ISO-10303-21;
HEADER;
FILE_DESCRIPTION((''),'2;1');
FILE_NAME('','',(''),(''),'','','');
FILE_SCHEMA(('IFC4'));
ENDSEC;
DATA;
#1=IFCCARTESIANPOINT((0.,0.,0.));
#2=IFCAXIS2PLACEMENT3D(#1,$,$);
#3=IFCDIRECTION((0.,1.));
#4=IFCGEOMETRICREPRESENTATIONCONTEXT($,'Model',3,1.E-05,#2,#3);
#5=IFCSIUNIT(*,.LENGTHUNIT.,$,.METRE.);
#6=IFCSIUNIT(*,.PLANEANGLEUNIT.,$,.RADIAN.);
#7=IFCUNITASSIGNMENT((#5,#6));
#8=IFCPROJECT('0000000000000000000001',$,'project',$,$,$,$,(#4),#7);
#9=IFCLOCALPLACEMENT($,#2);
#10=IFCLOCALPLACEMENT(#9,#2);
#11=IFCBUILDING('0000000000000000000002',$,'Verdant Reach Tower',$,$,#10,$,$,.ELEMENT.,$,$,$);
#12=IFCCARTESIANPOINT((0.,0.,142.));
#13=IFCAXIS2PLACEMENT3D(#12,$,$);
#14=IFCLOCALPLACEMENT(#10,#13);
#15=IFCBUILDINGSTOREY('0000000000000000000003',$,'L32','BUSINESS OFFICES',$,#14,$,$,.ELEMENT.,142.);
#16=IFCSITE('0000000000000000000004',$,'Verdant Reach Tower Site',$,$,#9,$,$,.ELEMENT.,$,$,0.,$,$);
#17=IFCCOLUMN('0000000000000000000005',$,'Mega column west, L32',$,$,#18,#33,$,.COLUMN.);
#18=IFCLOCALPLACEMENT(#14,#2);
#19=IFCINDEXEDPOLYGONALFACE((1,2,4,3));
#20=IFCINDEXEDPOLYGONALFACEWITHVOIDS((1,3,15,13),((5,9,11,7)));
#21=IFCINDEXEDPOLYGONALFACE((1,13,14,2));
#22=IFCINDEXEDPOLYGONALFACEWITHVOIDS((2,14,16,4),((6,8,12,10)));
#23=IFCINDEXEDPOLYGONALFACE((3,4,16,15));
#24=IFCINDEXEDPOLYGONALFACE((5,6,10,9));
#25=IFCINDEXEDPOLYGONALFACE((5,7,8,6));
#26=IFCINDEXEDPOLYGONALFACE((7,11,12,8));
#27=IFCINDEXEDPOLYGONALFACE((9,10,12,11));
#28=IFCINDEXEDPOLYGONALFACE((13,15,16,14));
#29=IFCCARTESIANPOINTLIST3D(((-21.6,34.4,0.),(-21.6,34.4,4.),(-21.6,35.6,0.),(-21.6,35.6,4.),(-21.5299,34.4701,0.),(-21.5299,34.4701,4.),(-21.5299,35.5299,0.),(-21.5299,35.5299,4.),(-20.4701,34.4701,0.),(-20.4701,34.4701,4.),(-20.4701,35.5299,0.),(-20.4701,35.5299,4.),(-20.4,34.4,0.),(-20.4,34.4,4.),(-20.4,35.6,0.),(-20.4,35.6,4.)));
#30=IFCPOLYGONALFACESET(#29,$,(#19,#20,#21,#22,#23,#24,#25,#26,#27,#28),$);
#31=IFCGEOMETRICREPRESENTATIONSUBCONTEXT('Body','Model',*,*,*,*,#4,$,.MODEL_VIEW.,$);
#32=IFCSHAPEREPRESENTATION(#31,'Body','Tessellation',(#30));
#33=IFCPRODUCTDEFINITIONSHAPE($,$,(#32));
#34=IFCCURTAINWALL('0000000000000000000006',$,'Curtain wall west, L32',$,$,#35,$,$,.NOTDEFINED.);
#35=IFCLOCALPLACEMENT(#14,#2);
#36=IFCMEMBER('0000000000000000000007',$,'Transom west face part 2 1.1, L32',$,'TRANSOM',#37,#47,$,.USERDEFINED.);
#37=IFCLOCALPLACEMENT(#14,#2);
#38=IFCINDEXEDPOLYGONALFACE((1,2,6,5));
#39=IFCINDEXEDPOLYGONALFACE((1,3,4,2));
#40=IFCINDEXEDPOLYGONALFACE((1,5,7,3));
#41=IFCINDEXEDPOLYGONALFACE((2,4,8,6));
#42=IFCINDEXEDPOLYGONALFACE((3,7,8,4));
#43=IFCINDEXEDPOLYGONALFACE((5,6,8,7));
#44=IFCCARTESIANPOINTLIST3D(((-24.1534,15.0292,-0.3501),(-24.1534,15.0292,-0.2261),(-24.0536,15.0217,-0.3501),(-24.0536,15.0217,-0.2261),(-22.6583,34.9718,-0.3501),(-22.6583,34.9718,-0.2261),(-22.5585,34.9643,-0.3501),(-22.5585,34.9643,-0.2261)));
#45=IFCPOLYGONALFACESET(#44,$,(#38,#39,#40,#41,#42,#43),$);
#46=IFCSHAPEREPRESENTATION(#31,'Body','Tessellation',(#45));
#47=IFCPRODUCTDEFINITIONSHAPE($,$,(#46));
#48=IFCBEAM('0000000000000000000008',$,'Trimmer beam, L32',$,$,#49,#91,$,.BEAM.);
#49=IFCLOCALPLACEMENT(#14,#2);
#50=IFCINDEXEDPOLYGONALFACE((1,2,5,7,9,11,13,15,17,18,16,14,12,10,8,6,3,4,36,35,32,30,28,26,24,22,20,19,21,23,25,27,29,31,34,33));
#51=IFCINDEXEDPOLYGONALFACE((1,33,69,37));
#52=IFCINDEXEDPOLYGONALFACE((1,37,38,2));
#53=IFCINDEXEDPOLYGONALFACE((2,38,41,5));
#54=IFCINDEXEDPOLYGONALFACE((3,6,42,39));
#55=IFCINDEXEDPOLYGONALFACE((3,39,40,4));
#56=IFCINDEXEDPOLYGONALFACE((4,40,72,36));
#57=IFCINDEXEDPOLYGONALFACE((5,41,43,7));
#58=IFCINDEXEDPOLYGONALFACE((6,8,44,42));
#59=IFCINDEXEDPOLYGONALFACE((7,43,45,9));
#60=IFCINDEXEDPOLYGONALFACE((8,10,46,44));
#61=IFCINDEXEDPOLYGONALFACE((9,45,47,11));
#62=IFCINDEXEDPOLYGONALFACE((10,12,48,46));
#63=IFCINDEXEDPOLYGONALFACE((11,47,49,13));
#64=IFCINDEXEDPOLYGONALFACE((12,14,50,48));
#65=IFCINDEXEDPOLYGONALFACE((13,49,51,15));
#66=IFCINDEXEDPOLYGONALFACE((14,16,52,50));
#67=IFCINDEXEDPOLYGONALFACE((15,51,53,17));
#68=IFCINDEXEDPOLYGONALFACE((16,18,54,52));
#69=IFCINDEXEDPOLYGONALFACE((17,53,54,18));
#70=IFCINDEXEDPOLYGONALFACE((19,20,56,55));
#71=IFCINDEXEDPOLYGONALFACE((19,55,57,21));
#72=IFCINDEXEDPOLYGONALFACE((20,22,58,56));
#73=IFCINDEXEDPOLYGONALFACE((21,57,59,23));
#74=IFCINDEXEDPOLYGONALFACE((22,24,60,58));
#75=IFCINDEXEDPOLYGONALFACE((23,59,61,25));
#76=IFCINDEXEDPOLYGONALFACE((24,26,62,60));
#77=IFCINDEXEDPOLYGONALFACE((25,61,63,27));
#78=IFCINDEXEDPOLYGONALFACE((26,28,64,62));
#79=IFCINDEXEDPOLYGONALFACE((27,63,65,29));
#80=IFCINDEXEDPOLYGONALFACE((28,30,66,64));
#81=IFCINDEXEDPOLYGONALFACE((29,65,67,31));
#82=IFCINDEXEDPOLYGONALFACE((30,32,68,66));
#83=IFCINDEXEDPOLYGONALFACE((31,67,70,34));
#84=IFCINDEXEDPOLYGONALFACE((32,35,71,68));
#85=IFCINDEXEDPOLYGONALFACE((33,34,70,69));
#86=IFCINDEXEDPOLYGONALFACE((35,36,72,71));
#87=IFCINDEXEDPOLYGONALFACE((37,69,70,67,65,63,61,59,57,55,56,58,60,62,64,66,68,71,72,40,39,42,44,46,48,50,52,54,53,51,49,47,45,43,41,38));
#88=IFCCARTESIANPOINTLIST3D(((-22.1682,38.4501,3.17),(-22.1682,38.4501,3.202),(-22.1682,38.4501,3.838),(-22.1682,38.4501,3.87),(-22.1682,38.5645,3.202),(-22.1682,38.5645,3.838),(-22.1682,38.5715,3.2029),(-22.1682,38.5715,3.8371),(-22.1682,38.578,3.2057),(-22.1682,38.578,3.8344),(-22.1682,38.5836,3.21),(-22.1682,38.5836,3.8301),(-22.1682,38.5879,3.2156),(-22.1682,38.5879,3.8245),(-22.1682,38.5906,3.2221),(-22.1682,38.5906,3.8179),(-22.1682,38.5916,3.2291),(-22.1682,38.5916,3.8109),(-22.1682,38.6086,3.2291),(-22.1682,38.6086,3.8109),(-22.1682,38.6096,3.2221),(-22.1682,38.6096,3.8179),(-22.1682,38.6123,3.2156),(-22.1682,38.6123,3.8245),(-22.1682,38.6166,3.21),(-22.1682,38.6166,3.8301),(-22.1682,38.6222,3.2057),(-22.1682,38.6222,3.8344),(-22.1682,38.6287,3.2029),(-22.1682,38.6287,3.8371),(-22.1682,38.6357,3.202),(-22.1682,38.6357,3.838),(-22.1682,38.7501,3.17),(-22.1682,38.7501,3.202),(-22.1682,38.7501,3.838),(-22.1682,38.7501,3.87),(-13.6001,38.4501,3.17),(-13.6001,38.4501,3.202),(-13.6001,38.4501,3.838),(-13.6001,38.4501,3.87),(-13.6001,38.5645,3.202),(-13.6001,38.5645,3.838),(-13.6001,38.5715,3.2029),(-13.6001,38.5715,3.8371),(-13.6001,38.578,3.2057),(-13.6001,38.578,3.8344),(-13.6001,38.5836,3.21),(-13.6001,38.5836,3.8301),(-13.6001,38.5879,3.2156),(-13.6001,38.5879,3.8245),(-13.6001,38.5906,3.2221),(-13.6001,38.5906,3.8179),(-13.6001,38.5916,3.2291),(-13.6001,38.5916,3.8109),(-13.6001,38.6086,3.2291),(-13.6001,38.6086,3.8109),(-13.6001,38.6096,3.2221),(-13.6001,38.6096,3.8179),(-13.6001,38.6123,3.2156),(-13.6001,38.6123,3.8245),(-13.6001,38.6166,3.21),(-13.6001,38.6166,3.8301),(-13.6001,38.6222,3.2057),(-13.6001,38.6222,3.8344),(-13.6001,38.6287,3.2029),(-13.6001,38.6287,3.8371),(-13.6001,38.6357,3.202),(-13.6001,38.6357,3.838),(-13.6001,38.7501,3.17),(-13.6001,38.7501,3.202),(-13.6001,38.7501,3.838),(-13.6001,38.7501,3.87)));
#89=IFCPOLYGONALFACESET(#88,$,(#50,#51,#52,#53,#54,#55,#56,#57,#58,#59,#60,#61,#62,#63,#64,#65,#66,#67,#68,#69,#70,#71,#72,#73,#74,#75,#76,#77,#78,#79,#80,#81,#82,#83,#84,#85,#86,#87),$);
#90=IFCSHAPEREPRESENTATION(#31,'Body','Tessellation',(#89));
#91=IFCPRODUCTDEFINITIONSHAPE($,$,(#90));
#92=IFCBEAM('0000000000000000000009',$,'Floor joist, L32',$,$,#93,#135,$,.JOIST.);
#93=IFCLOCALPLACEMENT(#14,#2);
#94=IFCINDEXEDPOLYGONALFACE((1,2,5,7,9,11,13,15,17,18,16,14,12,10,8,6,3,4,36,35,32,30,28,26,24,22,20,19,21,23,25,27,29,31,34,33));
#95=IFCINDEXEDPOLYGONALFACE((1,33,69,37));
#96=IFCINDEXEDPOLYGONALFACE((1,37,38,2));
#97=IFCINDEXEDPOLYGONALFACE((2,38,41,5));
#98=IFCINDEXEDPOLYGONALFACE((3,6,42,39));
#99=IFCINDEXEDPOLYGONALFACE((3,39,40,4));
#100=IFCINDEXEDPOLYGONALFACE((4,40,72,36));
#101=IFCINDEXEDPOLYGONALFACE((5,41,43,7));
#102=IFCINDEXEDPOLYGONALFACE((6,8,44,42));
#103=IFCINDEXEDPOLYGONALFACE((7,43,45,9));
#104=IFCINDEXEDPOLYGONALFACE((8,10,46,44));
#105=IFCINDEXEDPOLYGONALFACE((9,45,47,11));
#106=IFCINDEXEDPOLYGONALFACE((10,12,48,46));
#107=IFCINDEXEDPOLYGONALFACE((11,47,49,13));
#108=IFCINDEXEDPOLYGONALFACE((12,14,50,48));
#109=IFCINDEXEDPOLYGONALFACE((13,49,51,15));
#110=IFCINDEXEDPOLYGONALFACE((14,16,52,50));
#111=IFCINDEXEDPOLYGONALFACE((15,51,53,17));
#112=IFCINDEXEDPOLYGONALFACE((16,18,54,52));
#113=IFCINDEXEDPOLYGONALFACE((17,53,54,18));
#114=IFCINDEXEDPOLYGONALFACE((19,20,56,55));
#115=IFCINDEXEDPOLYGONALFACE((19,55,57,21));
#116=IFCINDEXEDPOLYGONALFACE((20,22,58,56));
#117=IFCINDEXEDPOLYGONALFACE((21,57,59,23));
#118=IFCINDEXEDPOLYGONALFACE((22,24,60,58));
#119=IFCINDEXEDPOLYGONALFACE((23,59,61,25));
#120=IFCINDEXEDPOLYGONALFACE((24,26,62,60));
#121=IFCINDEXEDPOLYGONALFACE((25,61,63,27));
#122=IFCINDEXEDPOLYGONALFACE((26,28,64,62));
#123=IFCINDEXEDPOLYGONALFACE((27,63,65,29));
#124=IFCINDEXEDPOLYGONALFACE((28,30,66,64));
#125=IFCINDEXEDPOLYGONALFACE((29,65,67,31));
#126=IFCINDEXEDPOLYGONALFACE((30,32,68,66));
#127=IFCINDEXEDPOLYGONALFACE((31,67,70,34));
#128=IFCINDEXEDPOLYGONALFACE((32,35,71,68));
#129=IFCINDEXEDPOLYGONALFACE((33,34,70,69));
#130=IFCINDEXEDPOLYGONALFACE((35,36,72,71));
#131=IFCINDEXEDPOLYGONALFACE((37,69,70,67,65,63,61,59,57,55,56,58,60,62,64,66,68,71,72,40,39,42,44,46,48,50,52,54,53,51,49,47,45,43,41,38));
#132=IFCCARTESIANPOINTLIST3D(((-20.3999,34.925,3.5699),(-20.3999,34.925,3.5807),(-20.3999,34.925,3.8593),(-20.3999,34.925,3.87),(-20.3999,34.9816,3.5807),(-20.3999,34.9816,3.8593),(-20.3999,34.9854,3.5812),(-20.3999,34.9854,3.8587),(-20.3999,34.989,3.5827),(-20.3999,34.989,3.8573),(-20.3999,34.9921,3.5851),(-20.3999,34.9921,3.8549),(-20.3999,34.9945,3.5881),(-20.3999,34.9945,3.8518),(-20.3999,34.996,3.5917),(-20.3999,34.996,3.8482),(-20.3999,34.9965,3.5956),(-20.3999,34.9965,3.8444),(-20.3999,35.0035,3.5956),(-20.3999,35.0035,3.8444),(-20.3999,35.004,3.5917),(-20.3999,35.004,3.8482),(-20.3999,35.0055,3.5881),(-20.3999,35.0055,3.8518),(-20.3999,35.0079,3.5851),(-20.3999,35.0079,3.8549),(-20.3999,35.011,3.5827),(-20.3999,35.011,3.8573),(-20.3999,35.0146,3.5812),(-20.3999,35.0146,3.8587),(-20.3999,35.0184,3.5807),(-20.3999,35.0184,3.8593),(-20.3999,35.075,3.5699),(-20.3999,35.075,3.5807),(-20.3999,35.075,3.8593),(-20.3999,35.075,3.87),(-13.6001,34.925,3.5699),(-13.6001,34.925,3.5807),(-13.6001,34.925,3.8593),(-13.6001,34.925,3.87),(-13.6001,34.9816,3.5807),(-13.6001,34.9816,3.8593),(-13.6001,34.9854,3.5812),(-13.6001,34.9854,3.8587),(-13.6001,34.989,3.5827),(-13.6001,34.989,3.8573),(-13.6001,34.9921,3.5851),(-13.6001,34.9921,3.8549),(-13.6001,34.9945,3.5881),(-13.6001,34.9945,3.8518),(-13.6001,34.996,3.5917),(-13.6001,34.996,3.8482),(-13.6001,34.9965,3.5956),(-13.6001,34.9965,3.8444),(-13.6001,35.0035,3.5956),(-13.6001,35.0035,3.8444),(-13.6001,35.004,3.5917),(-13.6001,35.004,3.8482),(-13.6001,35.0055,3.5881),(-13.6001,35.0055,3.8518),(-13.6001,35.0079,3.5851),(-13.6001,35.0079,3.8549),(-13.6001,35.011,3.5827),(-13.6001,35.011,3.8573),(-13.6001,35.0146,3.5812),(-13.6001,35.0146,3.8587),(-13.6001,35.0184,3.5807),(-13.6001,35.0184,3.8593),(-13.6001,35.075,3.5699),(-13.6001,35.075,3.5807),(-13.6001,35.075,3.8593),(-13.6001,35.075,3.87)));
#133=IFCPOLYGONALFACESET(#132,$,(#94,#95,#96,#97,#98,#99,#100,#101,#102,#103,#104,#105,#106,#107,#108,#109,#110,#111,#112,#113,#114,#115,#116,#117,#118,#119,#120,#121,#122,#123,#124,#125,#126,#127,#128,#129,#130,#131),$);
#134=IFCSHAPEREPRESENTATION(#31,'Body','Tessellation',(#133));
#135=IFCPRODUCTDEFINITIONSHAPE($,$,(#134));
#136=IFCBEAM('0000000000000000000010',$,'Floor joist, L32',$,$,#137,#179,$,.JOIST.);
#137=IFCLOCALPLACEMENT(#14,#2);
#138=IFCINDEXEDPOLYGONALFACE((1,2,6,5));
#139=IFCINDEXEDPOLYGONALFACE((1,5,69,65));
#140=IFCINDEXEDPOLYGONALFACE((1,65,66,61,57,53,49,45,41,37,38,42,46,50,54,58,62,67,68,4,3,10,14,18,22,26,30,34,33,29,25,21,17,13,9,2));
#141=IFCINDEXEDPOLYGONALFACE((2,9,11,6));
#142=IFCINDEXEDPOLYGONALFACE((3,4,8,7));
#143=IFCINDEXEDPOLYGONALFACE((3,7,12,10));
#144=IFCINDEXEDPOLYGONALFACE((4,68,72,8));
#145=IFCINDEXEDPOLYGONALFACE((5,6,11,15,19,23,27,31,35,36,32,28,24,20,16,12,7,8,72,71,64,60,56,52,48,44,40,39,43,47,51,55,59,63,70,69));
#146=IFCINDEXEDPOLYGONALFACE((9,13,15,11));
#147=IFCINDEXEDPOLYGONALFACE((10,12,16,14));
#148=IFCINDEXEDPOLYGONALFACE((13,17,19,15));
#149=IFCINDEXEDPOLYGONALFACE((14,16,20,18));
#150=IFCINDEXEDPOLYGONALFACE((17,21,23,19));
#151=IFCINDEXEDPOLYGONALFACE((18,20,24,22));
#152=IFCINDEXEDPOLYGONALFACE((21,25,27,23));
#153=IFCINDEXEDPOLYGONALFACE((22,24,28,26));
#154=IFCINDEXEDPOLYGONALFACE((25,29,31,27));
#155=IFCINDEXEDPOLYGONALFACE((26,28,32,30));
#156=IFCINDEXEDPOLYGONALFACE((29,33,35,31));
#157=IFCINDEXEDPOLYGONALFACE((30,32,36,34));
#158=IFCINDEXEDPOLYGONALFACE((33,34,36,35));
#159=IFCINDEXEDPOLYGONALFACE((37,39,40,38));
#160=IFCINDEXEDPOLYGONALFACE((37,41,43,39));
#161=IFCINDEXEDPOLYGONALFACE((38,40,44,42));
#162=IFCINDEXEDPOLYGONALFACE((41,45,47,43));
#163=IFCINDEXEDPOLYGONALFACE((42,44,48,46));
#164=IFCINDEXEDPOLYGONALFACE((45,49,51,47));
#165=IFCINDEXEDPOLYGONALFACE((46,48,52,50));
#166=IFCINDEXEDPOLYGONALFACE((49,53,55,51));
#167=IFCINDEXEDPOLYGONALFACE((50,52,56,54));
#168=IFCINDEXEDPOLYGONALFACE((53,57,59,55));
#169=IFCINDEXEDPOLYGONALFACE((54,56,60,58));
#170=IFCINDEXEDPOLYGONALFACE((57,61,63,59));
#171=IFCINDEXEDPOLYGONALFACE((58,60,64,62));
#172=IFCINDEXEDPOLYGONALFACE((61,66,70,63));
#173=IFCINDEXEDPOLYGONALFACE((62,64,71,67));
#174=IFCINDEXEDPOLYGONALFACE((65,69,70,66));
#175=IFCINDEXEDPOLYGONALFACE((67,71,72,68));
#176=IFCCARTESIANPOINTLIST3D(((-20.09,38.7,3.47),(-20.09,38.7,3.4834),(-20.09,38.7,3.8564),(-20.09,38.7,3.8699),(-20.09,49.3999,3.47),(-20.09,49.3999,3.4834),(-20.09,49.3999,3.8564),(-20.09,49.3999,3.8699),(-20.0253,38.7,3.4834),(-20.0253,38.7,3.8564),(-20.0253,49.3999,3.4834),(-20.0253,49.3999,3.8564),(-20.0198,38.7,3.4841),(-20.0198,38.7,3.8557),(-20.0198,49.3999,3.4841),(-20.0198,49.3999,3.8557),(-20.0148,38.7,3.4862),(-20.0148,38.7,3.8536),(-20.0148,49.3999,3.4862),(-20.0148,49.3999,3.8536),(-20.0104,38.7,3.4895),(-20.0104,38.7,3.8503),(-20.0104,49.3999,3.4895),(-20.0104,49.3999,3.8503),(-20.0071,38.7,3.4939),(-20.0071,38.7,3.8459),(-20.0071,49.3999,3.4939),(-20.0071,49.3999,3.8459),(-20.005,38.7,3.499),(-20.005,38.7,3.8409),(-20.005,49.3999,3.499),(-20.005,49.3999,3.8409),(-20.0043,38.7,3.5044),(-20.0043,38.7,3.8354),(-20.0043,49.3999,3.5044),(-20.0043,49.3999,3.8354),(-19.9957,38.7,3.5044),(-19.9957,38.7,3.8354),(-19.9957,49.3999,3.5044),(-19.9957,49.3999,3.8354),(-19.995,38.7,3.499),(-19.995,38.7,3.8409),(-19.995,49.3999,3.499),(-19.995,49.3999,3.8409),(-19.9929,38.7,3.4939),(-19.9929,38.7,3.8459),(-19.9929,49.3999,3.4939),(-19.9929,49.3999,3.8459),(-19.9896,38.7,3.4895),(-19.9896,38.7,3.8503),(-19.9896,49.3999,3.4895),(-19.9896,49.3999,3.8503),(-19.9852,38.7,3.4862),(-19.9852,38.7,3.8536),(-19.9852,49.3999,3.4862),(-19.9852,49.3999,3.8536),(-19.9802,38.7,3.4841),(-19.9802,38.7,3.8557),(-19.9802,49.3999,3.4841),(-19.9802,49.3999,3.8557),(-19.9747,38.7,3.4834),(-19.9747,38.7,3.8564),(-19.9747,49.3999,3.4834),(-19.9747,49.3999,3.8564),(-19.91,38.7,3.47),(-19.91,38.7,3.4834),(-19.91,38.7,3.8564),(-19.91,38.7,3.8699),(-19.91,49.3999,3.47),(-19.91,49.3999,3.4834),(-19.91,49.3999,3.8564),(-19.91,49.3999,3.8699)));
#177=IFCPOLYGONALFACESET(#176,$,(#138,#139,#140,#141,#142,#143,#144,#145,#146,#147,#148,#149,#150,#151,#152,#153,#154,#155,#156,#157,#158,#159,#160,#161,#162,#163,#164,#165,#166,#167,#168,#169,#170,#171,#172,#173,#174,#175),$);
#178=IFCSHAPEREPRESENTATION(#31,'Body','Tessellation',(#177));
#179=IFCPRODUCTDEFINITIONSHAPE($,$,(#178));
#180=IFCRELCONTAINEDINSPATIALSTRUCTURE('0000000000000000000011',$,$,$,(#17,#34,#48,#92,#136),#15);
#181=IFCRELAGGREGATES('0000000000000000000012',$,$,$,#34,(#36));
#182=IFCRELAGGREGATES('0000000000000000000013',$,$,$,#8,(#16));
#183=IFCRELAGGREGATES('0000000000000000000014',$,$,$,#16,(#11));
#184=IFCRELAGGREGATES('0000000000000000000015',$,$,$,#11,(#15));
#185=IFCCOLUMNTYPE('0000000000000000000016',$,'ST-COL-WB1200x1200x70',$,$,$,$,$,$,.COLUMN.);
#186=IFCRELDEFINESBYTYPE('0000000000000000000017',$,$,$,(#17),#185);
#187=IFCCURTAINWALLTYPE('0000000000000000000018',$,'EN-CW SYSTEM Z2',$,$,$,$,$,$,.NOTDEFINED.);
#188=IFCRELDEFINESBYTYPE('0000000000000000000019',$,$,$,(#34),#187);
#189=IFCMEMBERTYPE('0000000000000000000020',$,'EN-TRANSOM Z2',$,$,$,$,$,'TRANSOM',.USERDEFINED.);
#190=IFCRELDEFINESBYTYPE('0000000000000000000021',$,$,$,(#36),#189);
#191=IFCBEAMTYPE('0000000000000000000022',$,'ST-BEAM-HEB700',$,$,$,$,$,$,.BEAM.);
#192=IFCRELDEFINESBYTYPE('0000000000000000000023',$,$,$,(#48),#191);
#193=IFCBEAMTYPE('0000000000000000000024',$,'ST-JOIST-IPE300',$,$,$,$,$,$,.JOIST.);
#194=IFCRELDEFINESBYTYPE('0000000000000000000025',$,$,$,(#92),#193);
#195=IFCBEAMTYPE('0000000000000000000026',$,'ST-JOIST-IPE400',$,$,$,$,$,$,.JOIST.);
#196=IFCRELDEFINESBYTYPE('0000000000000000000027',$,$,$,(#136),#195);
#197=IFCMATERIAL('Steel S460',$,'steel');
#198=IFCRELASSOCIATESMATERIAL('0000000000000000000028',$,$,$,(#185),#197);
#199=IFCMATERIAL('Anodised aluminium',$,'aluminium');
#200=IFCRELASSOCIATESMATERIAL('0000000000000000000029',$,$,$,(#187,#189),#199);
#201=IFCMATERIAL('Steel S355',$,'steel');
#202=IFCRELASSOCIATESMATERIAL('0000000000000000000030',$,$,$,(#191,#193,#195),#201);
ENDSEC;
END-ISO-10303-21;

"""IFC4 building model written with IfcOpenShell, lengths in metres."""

from ifc_helpers import new_model, si_unit, direction, frame, origin, origin_2d, place, context, subcontext, project, spatial, rectangle, hollow_rectangle, i_section, extrude, material, material_profile, profile_set, type_object, element, aggregate, save


model = new_model("IFC4")

# Units and contexts
model_context = context("Model", 3, precision=1e-05, world=origin(), true_north=direction((0.0, 1.0)))
body_context = subcontext(model_context, "Body", "Model", "MODEL_VIEW")
ifc_project = project(units=[si_unit("LENGTHUNIT", "METRE"), si_unit("PLANEANGLEUNIT", "RADIAN")], contexts=[model_context])

# Site, building, storey
site_placement = place(None, origin())
site = spatial("IfcSite", under=ifc_project, at=site_placement, Name="Verdant Reach Tower Site", CompositionType="ELEMENT", RefElevation=0.0)
building_placement = place(site_placement, origin())
building = spatial("IfcBuilding", under=site, at=building_placement, Name="Verdant Reach Tower", CompositionType="ELEMENT")
storey_placement = place(building_placement, frame((0.0, 0.0, 142.0)))
storey = spatial("IfcBuildingStorey", under=building, at=storey_placement, Name="L32", Description="BUSINESS OFFICES", CompositionType="ELEMENT", Elevation=142.0)

# Column
ifc_material_1 = material(Name="Steel S460", Category="steel")
ifc_material_profile_1 = material_profile(ifc_material_1, hollow_rectangle(XDim=1.2, YDim=1.2, WallThickness=0.0701, at=origin_2d()), Name="WB 1200x1200x70")
ifc_profile_set_1 = profile_set([ifc_material_profile_1], Name="Steel S460")
column_type = type_object("IfcColumnType", Name="ST-COL-WB1200x1200x70", PredefinedType="COLUMN", material=ifc_profile_set_1)
column_placement = place(storey_placement, frame((-21.0, 35.0, 0.0), z_axis=(0.0, 0.0, 1.0), x_axis=(1.0, 0.0, 0.0)))
element("IfcColumn", 1, at=column_placement, inside=storey, type_object=column_type, Name="Mega column west, L32", PredefinedType="COLUMN", context=body_context, shape_type="SweptSolid", body=[
    extrude(hollow_rectangle(XDim=1.2, YDim=1.2, WallThickness=0.0701, at=origin_2d()), origin(), (0.0, 0.0, 1.0), 4.0),
])

# Curtain wall, member
ifc_material_2 = material(Name="Anodised aluminium", Category="aluminium")
curtain_wall_type = type_object("IfcCurtainWallType", Name="EN-CW SYSTEM Z2", PredefinedType="NOTDEFINED", material=ifc_material_2)
curtain_wall_placement = place(storey_placement, origin())
curtain_wall = element("IfcCurtainWall", 2, at=curtain_wall_placement, inside=storey, type_object=curtain_wall_type, Name="Curtain wall west, L32", PredefinedType="NOTDEFINED")
ifc_material_profile_2 = material_profile(ifc_material_2, rectangle(XDim=0.1001, YDim=0.124, at=origin_2d()), Name="Transom 124x100")
ifc_profile_set_2 = profile_set([ifc_material_profile_2], Name="Anodised aluminium")
member_type = type_object("IfcMemberType", Name="EN-TRANSOM Z2", ElementType="TRANSOM", PredefinedType="USERDEFINED", material=ifc_profile_set_2)
member_placement = place(storey_placement, frame((-22.6084, 34.968, -0.2881), z_axis=(-0.074761, -0.997201, 0.0), x_axis=(0.997201, -0.074761, 0.0)))
member = element("IfcMember", 3, at=member_placement, type_object=member_type, Name="Transom west face part 2 1.1, L32", ObjectType="TRANSOM", PredefinedType="USERDEFINED", context=body_context, shape_type="SweptSolid", body=[
    extrude(rectangle(XDim=0.1001, YDim=0.124, at=origin_2d()), origin(), (0.0, 0.0, 1.0), 19.9985),
])

# Beams
ifc_material_3 = material(Name="Steel S355", Category="steel")
ifc_material_profile_3 = material_profile(ifc_material_3, i_section(OverallWidth=0.3, OverallDepth=0.7, WebThickness=0.0171, FlangeThickness=0.032, FilletRadius=0.0271, at=origin_2d()), Name="HEB 700")
ifc_profile_set_3 = profile_set([ifc_material_profile_3], Name="Steel S355")
beam_type_1 = type_object("IfcBeamType", Name="ST-BEAM-HEB700", PredefinedType="BEAM", material=ifc_profile_set_3)
beam_1_placement = place(storey_placement, frame((-13.6001, 38.6001, 3.52), z_axis=(-1.0, 0.0, 0.0), x_axis=(0.0, -1.0, 0.0)))
element("IfcBeam", 4, at=beam_1_placement, inside=storey, type_object=beam_type_1, Name="Trimmer beam, L32", PredefinedType="BEAM", context=body_context, shape_type="SweptSolid", body=[
    extrude(i_section(OverallWidth=0.3, OverallDepth=0.7, WebThickness=0.0171, FlangeThickness=0.032, FilletRadius=0.0271, at=origin_2d()), origin(), (0.0, 0.0, 1.0), 8.5681),
])
ifc_material_profile_4 = material_profile(ifc_material_3, i_section(OverallWidth=0.1499, OverallDepth=0.3, WebThickness=0.0071, FlangeThickness=0.0107, FilletRadius=0.0149, at=origin_2d()), Name="IPE 300")
ifc_profile_set_4 = profile_set([ifc_material_profile_4], Name="Steel S355")
beam_type_2 = type_object("IfcBeamType", Name="ST-JOIST-IPE300", PredefinedType="JOIST", material=ifc_profile_set_4)
beam_2_placement = place(storey_placement, frame((-13.6001, 35.0, 3.72), z_axis=(-1.0, 0.0, 0.0), x_axis=(0.0, -1.0, 0.0)))
element("IfcBeam", 5, at=beam_2_placement, inside=storey, type_object=beam_type_2, Name="Floor joist, L32", PredefinedType="JOIST", context=body_context, shape_type="SweptSolid", body=[
    extrude(i_section(OverallWidth=0.1499, OverallDepth=0.3, WebThickness=0.0071, FlangeThickness=0.0107, FilletRadius=0.0149, at=origin_2d()), origin(), (0.0, 0.0, 1.0), 6.7998),
])
ifc_material_profile_5 = material_profile(ifc_material_3, i_section(OverallWidth=0.1799, OverallDepth=0.3999, WebThickness=0.0085, FlangeThickness=0.0134, FilletRadius=0.021, at=origin_2d()), Name="IPE 400")
ifc_profile_set_5 = profile_set([ifc_material_profile_5], Name="Steel S355")
beam_type_3 = type_object("IfcBeamType", Name="ST-JOIST-IPE400", PredefinedType="JOIST", material=ifc_profile_set_5)
for number, where, z_axis, x_axis, name in (
    (6, (-20.0, 38.7, 3.6699), (0.0, 1.0, 0.0), (-1.0, 0.0, 0.0), "Floor joist, L32"),
):
    element("IfcBeam", number, at=place(storey_placement, frame(where, z_axis=z_axis, x_axis=x_axis)), inside=storey, type_object=beam_type_3, Name=name, PredefinedType="JOIST", context=body_context, shape_type="SweptSolid", body=[
        extrude(i_section(OverallWidth=0.1799, OverallDepth=0.3999, WebThickness=0.0085, FlangeThickness=0.0134, FilletRadius=0.021, at=origin_2d()), origin(), (0.0, 0.0, 1.0), 10.7),
    ])

aggregate(curtain_wall, [member])

save(model, "model.ifc")
